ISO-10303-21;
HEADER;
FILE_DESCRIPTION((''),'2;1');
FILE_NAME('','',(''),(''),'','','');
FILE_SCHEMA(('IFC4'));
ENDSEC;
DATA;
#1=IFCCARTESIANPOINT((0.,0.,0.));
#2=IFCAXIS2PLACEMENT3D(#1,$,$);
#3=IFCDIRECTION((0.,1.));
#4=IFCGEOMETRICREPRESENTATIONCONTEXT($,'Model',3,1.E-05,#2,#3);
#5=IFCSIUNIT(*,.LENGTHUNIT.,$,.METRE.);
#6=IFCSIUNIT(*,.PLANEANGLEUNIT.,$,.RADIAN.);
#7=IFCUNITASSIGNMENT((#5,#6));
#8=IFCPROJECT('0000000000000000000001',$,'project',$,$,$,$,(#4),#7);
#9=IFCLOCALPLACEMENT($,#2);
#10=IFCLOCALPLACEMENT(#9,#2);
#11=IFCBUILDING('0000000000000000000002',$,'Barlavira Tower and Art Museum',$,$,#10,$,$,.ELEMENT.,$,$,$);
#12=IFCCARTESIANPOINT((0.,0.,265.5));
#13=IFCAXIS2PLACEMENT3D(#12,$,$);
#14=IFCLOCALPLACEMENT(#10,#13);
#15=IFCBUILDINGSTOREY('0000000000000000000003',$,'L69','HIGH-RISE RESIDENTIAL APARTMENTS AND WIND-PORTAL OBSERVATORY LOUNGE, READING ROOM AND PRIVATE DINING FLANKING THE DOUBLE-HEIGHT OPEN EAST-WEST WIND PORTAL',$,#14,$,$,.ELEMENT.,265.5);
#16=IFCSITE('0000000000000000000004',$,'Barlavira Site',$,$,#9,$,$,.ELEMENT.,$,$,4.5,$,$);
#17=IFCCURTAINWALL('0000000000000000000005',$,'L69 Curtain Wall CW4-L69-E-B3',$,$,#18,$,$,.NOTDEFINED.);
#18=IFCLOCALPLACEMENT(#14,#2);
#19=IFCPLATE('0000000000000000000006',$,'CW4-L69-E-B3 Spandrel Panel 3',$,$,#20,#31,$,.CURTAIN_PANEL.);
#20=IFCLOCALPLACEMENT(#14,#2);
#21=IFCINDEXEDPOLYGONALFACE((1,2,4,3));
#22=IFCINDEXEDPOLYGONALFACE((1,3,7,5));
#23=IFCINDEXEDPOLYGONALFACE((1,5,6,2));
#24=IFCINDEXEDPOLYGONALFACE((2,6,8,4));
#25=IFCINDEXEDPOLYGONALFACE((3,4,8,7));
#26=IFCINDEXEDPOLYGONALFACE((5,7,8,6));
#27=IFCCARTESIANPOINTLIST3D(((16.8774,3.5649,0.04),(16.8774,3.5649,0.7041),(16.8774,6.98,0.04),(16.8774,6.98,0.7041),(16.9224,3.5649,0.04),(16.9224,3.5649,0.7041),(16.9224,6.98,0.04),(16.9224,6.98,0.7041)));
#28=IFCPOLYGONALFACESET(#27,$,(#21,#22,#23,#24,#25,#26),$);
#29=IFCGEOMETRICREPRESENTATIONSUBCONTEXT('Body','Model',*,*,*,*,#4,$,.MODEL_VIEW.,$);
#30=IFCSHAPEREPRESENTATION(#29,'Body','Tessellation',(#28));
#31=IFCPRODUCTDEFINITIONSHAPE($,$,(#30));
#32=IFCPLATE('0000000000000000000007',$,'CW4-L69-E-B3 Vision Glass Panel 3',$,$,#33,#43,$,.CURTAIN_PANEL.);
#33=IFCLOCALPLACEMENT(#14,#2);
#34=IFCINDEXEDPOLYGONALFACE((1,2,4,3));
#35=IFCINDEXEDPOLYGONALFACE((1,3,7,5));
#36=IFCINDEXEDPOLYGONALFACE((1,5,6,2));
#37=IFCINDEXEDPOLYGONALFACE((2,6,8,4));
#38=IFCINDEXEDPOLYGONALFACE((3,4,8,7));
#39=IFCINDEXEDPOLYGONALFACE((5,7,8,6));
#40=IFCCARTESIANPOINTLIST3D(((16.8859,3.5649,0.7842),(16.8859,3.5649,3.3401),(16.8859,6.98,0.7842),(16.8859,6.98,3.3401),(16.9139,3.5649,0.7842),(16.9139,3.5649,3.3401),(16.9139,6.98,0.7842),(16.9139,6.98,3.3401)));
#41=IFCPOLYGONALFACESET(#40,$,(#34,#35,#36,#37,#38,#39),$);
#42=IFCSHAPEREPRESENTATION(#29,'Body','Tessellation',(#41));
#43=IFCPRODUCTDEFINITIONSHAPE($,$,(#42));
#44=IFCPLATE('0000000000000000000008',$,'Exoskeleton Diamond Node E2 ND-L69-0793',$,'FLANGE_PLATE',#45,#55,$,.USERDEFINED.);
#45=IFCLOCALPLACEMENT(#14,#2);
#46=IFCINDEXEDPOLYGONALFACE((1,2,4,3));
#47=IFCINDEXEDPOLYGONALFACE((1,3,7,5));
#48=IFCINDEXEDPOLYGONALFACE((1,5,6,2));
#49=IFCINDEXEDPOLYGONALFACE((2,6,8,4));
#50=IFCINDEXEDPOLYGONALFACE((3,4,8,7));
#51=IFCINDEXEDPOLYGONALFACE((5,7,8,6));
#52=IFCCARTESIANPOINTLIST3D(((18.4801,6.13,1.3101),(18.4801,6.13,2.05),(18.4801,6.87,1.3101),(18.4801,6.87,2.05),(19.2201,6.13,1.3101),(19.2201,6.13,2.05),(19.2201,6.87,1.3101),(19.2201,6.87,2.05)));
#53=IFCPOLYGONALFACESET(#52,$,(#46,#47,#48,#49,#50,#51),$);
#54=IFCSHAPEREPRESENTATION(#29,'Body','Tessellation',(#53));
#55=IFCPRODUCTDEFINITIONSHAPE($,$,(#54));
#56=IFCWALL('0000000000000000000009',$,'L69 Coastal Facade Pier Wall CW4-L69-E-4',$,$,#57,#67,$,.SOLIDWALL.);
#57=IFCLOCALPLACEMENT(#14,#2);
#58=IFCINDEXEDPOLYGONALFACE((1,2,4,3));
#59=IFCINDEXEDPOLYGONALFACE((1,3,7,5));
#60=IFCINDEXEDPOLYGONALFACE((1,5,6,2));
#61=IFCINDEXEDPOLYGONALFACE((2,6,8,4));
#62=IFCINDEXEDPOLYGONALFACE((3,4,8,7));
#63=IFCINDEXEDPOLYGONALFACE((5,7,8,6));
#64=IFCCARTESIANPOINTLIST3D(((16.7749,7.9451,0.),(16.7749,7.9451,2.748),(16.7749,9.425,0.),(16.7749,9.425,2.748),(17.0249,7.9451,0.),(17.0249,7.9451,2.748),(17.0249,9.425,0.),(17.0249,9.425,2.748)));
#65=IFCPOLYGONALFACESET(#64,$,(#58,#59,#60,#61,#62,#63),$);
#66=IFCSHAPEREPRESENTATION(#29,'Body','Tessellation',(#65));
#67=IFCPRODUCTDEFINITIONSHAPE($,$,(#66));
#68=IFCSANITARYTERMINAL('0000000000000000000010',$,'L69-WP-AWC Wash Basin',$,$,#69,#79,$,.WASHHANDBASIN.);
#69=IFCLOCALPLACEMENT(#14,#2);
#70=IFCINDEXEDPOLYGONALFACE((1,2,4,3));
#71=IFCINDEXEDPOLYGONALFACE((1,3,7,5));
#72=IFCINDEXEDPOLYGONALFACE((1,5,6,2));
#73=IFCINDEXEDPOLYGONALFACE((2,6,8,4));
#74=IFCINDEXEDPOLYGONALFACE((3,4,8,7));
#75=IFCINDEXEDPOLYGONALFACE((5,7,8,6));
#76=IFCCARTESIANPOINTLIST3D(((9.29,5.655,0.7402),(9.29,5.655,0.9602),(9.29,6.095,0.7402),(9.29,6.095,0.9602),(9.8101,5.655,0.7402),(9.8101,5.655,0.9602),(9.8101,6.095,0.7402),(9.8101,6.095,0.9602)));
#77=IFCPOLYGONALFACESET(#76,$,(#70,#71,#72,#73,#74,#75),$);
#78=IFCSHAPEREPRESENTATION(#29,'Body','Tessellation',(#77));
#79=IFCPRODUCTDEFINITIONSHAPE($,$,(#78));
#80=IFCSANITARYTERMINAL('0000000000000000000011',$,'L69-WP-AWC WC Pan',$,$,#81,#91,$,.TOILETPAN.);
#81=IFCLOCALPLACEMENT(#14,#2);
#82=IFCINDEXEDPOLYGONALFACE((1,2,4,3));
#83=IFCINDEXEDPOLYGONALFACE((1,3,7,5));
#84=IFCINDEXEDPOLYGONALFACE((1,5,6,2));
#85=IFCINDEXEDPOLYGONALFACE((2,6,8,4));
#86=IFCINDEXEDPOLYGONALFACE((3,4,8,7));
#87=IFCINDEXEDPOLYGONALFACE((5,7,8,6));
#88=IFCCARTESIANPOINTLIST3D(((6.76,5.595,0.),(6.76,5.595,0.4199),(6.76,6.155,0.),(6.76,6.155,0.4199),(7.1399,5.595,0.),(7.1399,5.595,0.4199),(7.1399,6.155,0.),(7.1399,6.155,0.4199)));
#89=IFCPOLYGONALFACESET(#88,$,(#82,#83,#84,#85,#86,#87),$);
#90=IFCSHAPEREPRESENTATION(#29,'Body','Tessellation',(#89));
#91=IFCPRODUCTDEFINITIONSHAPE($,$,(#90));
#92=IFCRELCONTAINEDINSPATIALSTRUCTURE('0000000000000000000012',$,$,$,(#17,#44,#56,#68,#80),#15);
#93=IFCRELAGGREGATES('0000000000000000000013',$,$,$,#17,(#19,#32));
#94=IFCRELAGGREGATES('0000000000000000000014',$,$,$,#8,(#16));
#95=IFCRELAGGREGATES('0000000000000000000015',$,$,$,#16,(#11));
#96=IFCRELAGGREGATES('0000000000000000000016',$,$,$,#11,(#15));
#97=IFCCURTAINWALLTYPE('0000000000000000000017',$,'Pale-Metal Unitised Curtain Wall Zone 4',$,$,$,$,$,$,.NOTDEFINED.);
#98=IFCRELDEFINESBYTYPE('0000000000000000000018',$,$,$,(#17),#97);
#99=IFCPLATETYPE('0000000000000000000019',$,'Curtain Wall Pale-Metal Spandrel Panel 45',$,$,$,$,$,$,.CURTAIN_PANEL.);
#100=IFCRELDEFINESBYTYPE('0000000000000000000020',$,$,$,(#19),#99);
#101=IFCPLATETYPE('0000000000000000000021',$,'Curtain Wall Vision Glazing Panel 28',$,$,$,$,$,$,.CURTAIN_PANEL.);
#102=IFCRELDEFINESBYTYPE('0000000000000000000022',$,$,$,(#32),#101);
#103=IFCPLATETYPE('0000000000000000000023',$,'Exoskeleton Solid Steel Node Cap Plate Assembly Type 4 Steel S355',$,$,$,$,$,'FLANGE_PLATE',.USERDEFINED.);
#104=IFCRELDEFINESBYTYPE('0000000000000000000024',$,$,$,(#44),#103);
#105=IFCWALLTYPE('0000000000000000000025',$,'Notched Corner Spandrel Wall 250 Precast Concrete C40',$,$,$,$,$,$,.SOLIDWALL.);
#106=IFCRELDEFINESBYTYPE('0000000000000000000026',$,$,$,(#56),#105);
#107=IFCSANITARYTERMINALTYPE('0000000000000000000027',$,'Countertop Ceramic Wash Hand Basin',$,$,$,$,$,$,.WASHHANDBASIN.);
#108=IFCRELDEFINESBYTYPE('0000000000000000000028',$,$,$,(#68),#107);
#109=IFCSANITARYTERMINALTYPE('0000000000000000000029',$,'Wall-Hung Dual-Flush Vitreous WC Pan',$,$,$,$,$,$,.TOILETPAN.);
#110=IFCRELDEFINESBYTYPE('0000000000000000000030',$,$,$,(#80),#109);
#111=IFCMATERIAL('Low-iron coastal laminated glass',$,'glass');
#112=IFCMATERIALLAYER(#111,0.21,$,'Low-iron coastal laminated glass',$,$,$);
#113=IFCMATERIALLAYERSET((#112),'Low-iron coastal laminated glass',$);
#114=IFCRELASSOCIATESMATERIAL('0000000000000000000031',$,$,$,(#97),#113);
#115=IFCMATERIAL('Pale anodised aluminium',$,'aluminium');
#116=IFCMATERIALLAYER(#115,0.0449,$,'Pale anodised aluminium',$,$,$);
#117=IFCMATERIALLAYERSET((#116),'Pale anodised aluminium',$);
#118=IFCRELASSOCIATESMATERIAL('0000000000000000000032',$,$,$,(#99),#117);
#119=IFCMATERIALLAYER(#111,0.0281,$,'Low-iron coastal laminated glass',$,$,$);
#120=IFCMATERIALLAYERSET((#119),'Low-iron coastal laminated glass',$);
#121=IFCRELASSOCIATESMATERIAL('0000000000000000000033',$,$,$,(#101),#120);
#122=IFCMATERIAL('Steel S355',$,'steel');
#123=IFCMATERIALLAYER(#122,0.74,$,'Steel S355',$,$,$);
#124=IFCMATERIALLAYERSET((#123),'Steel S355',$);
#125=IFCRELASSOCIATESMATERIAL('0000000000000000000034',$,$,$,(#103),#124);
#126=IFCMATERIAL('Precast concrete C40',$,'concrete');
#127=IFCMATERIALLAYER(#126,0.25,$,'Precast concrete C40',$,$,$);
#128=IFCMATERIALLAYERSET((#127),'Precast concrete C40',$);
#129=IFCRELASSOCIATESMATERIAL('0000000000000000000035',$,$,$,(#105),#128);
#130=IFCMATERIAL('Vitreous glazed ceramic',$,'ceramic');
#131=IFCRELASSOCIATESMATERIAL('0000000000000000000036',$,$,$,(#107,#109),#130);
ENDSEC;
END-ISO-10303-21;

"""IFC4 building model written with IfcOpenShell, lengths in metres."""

from ifc_helpers import new_model, si_unit, direction, frame, frame_2d, origin, origin_2d, place, context, subcontext, project, spatial, rectangle, extrude, material, layer, layer_set, type_object, element, aggregate, save


model = new_model("IFC4")

# Units and contexts
model_context = context("Model", 3, precision=1e-05, world=origin(), true_north=direction((0.0, 1.0)))
body_context = subcontext(model_context, "Body", "Model", "MODEL_VIEW")
ifc_project = project(units=[si_unit("LENGTHUNIT", "METRE"), si_unit("PLANEANGLEUNIT", "RADIAN")], contexts=[model_context])

# Site, building, storey
site_placement = place(None, origin())
site = spatial("IfcSite", under=ifc_project, at=site_placement, Name="Barlavira Site", CompositionType="ELEMENT", RefElevation=4.5)
building_placement = place(site_placement, origin())
building = spatial("IfcBuilding", under=site, at=building_placement, Name="Barlavira Tower and Art Museum", CompositionType="ELEMENT")
storey_placement = place(building_placement, frame((0.0, 0.0, 265.5)))
storey = spatial("IfcBuildingStorey", under=building, at=storey_placement, Name="L69", Description="HIGH-RISE RESIDENTIAL APARTMENTS AND WIND-PORTAL OBSERVATORY LOUNGE, READING ROOM AND PRIVATE DINING FLANKING THE DOUBLE-HEIGHT OPEN EAST-WEST WIND PORTAL", CompositionType="ELEMENT", Elevation=265.5)

# Curtain wall
ifc_material_1 = material(Name="Low-iron coastal laminated glass", Category="glass")
ifc_layer_1 = layer(ifc_material_1, 0.21, Name="Low-iron coastal laminated glass")
ifc_layer_set_1 = layer_set([ifc_layer_1], Name="Low-iron coastal laminated glass")
curtain_wall_type = type_object("IfcCurtainWallType", Name="Pale-Metal Unitised Curtain Wall Zone 4", PredefinedType="NOTDEFINED", material=ifc_layer_set_1)
curtain_wall_placement = place(storey_placement, origin())
curtain_wall = element("IfcCurtainWall", 1, at=curtain_wall_placement, inside=storey, type_object=curtain_wall_type, Name="L69 Curtain Wall CW4-L69-E-B3", PredefinedType="NOTDEFINED")
ifc_material_2 = material(Name="Pale anodised aluminium", Category="aluminium")

# Shared definitions
ifc_material_3 = material(Name="Steel S355", Category="steel")

# Plates
ifc_layer_2 = layer(ifc_material_2, 0.0449, Name="Pale anodised aluminium")
ifc_layer_set_2 = layer_set([ifc_layer_2], Name="Pale anodised aluminium")
plate_type_1 = type_object("IfcPlateType", Name="Curtain Wall Pale-Metal Spandrel Panel 45", PredefinedType="CURTAIN_PANEL", material=ifc_layer_set_2)
plate_1_placement = place(storey_placement, frame((16.8999, 5.2725, 0.04), z_axis=(0.0, 0.0, 1.0), x_axis=(0.0, 1.0, 0.0)))
plate_1 = element("IfcPlate", 2, at=plate_1_placement, type_object=plate_type_1, Name="CW4-L69-E-B3 Spandrel Panel 3", PredefinedType="CURTAIN_PANEL", context=body_context, shape_type="SweptSolid", body=[
    extrude(rectangle(XDim=3.415, YDim=0.0449, at=origin_2d()), origin(), (0.0, 0.0, 1.0), 0.6641),
])
ifc_layer_3 = layer(ifc_material_1, 0.0281, Name="Low-iron coastal laminated glass")
ifc_layer_set_3 = layer_set([ifc_layer_3], Name="Low-iron coastal laminated glass")
plate_type_2 = type_object("IfcPlateType", Name="Curtain Wall Vision Glazing Panel 28", PredefinedType="CURTAIN_PANEL", material=ifc_layer_set_3)
plate_2_placement = place(storey_placement, frame((16.8999, 5.2725, 0.7842), z_axis=(0.0, 0.0, 1.0), x_axis=(0.0, 1.0, 0.0)))
plate_2 = element("IfcPlate", 3, at=plate_2_placement, type_object=plate_type_2, Name="CW4-L69-E-B3 Vision Glass Panel 3", PredefinedType="CURTAIN_PANEL", context=body_context, shape_type="SweptSolid", body=[
    extrude(rectangle(XDim=3.415, YDim=0.0281, at=origin_2d()), origin(), (0.0, 0.0, 1.0), 2.5559),
])
aggregate(curtain_wall, [plate_1, plate_2])
ifc_layer_4 = layer(ifc_material_3, 0.74, Name="Steel S355")
ifc_layer_set_4 = layer_set([ifc_layer_4], Name="Steel S355")
plate_type_3 = type_object("IfcPlateType", Name="Exoskeleton Solid Steel Node Cap Plate Assembly Type 4 Steel S355", ElementType="FLANGE_PLATE", PredefinedType="USERDEFINED", material=ifc_layer_set_4)
plate_3_placement = place(storey_placement, frame((18.8501, 6.5, 1.3101), z_axis=(0.0, 0.0, 1.0), x_axis=(1.0, 0.0, 0.0)))
element("IfcPlate", 4, at=plate_3_placement, inside=storey, type_object=plate_type_3, Name="Exoskeleton Diamond Node E2 ND-L69-0793", ObjectType="FLANGE_PLATE", PredefinedType="USERDEFINED", context=body_context, shape_type="SweptSolid", body=[
    extrude(rectangle(XDim=0.74, YDim=0.74, at=origin_2d()), origin(), (0.0, 0.0, 1.0), 0.74),
])

# Wall
ifc_material_4 = material(Name="Precast concrete C40", Category="concrete")
ifc_layer_5 = layer(ifc_material_4, 0.25, Name="Precast concrete C40")
ifc_layer_set_5 = layer_set([ifc_layer_5], Name="Precast concrete C40")
wall_type = type_object("IfcWallType", Name="Notched Corner Spandrel Wall 250 Precast Concrete C40", PredefinedType="SOLIDWALL", material=ifc_layer_set_5)
wall_placement = place(storey_placement, frame((16.8999, 7.9451, 0.0), z_axis=(0.0, 0.0, 1.0), x_axis=(0.0, 1.0, 0.0)))
element("IfcWall", 5, at=wall_placement, inside=storey, type_object=wall_type, Name="L69 Coastal Facade Pier Wall CW4-L69-E-4", PredefinedType="SOLIDWALL", context=body_context, shape_type="SweptSolid", body=[
    extrude(rectangle(XDim=1.48, YDim=0.25, at=frame_2d((0.74, 0.0))), origin(), (0.0, 0.0, 1.0), 2.748),
])

# Sanitary terminals
ifc_material_5 = material(Name="Vitreous glazed ceramic", Category="ceramic")
sanitary_terminal_type_1 = type_object("IfcSanitaryTerminalType", Name="Countertop Ceramic Wash Hand Basin", PredefinedType="WASHHANDBASIN", material=ifc_material_5)
sanitary_terminal_1_placement = place(storey_placement, frame((9.55, 5.875, 0.7402), z_axis=(0.0, 0.0, 1.0), x_axis=(1.0, 0.0, 0.0)))
element("IfcSanitaryTerminal", 6, at=sanitary_terminal_1_placement, inside=storey, type_object=sanitary_terminal_type_1, Name="L69-WP-AWC Wash Basin", PredefinedType="WASHHANDBASIN", context=body_context, shape_type="SweptSolid", body=[
    extrude(rectangle(XDim=0.52, YDim=0.4399, at=origin_2d()), origin(), (0.0, 0.0, 1.0), 0.22),
])
sanitary_terminal_type_2 = type_object("IfcSanitaryTerminalType", Name="Wall-Hung Dual-Flush Vitreous WC Pan", PredefinedType="TOILETPAN", material=ifc_material_5)
sanitary_terminal_2_placement = place(storey_placement, frame((6.95, 5.875, 0.0), z_axis=(0.0, 0.0, 1.0), x_axis=(1.0, 0.0, 0.0)))
element("IfcSanitaryTerminal", 7, at=sanitary_terminal_2_placement, inside=storey, type_object=sanitary_terminal_type_2, Name="L69-WP-AWC WC Pan", PredefinedType="TOILETPAN", context=body_context, shape_type="SweptSolid", body=[
    extrude(rectangle(XDim=0.3799, YDim=0.5601, at=origin_2d()), origin(), (0.0, 0.0, 1.0), 0.4199),
])

save(model, "model.ifc")
